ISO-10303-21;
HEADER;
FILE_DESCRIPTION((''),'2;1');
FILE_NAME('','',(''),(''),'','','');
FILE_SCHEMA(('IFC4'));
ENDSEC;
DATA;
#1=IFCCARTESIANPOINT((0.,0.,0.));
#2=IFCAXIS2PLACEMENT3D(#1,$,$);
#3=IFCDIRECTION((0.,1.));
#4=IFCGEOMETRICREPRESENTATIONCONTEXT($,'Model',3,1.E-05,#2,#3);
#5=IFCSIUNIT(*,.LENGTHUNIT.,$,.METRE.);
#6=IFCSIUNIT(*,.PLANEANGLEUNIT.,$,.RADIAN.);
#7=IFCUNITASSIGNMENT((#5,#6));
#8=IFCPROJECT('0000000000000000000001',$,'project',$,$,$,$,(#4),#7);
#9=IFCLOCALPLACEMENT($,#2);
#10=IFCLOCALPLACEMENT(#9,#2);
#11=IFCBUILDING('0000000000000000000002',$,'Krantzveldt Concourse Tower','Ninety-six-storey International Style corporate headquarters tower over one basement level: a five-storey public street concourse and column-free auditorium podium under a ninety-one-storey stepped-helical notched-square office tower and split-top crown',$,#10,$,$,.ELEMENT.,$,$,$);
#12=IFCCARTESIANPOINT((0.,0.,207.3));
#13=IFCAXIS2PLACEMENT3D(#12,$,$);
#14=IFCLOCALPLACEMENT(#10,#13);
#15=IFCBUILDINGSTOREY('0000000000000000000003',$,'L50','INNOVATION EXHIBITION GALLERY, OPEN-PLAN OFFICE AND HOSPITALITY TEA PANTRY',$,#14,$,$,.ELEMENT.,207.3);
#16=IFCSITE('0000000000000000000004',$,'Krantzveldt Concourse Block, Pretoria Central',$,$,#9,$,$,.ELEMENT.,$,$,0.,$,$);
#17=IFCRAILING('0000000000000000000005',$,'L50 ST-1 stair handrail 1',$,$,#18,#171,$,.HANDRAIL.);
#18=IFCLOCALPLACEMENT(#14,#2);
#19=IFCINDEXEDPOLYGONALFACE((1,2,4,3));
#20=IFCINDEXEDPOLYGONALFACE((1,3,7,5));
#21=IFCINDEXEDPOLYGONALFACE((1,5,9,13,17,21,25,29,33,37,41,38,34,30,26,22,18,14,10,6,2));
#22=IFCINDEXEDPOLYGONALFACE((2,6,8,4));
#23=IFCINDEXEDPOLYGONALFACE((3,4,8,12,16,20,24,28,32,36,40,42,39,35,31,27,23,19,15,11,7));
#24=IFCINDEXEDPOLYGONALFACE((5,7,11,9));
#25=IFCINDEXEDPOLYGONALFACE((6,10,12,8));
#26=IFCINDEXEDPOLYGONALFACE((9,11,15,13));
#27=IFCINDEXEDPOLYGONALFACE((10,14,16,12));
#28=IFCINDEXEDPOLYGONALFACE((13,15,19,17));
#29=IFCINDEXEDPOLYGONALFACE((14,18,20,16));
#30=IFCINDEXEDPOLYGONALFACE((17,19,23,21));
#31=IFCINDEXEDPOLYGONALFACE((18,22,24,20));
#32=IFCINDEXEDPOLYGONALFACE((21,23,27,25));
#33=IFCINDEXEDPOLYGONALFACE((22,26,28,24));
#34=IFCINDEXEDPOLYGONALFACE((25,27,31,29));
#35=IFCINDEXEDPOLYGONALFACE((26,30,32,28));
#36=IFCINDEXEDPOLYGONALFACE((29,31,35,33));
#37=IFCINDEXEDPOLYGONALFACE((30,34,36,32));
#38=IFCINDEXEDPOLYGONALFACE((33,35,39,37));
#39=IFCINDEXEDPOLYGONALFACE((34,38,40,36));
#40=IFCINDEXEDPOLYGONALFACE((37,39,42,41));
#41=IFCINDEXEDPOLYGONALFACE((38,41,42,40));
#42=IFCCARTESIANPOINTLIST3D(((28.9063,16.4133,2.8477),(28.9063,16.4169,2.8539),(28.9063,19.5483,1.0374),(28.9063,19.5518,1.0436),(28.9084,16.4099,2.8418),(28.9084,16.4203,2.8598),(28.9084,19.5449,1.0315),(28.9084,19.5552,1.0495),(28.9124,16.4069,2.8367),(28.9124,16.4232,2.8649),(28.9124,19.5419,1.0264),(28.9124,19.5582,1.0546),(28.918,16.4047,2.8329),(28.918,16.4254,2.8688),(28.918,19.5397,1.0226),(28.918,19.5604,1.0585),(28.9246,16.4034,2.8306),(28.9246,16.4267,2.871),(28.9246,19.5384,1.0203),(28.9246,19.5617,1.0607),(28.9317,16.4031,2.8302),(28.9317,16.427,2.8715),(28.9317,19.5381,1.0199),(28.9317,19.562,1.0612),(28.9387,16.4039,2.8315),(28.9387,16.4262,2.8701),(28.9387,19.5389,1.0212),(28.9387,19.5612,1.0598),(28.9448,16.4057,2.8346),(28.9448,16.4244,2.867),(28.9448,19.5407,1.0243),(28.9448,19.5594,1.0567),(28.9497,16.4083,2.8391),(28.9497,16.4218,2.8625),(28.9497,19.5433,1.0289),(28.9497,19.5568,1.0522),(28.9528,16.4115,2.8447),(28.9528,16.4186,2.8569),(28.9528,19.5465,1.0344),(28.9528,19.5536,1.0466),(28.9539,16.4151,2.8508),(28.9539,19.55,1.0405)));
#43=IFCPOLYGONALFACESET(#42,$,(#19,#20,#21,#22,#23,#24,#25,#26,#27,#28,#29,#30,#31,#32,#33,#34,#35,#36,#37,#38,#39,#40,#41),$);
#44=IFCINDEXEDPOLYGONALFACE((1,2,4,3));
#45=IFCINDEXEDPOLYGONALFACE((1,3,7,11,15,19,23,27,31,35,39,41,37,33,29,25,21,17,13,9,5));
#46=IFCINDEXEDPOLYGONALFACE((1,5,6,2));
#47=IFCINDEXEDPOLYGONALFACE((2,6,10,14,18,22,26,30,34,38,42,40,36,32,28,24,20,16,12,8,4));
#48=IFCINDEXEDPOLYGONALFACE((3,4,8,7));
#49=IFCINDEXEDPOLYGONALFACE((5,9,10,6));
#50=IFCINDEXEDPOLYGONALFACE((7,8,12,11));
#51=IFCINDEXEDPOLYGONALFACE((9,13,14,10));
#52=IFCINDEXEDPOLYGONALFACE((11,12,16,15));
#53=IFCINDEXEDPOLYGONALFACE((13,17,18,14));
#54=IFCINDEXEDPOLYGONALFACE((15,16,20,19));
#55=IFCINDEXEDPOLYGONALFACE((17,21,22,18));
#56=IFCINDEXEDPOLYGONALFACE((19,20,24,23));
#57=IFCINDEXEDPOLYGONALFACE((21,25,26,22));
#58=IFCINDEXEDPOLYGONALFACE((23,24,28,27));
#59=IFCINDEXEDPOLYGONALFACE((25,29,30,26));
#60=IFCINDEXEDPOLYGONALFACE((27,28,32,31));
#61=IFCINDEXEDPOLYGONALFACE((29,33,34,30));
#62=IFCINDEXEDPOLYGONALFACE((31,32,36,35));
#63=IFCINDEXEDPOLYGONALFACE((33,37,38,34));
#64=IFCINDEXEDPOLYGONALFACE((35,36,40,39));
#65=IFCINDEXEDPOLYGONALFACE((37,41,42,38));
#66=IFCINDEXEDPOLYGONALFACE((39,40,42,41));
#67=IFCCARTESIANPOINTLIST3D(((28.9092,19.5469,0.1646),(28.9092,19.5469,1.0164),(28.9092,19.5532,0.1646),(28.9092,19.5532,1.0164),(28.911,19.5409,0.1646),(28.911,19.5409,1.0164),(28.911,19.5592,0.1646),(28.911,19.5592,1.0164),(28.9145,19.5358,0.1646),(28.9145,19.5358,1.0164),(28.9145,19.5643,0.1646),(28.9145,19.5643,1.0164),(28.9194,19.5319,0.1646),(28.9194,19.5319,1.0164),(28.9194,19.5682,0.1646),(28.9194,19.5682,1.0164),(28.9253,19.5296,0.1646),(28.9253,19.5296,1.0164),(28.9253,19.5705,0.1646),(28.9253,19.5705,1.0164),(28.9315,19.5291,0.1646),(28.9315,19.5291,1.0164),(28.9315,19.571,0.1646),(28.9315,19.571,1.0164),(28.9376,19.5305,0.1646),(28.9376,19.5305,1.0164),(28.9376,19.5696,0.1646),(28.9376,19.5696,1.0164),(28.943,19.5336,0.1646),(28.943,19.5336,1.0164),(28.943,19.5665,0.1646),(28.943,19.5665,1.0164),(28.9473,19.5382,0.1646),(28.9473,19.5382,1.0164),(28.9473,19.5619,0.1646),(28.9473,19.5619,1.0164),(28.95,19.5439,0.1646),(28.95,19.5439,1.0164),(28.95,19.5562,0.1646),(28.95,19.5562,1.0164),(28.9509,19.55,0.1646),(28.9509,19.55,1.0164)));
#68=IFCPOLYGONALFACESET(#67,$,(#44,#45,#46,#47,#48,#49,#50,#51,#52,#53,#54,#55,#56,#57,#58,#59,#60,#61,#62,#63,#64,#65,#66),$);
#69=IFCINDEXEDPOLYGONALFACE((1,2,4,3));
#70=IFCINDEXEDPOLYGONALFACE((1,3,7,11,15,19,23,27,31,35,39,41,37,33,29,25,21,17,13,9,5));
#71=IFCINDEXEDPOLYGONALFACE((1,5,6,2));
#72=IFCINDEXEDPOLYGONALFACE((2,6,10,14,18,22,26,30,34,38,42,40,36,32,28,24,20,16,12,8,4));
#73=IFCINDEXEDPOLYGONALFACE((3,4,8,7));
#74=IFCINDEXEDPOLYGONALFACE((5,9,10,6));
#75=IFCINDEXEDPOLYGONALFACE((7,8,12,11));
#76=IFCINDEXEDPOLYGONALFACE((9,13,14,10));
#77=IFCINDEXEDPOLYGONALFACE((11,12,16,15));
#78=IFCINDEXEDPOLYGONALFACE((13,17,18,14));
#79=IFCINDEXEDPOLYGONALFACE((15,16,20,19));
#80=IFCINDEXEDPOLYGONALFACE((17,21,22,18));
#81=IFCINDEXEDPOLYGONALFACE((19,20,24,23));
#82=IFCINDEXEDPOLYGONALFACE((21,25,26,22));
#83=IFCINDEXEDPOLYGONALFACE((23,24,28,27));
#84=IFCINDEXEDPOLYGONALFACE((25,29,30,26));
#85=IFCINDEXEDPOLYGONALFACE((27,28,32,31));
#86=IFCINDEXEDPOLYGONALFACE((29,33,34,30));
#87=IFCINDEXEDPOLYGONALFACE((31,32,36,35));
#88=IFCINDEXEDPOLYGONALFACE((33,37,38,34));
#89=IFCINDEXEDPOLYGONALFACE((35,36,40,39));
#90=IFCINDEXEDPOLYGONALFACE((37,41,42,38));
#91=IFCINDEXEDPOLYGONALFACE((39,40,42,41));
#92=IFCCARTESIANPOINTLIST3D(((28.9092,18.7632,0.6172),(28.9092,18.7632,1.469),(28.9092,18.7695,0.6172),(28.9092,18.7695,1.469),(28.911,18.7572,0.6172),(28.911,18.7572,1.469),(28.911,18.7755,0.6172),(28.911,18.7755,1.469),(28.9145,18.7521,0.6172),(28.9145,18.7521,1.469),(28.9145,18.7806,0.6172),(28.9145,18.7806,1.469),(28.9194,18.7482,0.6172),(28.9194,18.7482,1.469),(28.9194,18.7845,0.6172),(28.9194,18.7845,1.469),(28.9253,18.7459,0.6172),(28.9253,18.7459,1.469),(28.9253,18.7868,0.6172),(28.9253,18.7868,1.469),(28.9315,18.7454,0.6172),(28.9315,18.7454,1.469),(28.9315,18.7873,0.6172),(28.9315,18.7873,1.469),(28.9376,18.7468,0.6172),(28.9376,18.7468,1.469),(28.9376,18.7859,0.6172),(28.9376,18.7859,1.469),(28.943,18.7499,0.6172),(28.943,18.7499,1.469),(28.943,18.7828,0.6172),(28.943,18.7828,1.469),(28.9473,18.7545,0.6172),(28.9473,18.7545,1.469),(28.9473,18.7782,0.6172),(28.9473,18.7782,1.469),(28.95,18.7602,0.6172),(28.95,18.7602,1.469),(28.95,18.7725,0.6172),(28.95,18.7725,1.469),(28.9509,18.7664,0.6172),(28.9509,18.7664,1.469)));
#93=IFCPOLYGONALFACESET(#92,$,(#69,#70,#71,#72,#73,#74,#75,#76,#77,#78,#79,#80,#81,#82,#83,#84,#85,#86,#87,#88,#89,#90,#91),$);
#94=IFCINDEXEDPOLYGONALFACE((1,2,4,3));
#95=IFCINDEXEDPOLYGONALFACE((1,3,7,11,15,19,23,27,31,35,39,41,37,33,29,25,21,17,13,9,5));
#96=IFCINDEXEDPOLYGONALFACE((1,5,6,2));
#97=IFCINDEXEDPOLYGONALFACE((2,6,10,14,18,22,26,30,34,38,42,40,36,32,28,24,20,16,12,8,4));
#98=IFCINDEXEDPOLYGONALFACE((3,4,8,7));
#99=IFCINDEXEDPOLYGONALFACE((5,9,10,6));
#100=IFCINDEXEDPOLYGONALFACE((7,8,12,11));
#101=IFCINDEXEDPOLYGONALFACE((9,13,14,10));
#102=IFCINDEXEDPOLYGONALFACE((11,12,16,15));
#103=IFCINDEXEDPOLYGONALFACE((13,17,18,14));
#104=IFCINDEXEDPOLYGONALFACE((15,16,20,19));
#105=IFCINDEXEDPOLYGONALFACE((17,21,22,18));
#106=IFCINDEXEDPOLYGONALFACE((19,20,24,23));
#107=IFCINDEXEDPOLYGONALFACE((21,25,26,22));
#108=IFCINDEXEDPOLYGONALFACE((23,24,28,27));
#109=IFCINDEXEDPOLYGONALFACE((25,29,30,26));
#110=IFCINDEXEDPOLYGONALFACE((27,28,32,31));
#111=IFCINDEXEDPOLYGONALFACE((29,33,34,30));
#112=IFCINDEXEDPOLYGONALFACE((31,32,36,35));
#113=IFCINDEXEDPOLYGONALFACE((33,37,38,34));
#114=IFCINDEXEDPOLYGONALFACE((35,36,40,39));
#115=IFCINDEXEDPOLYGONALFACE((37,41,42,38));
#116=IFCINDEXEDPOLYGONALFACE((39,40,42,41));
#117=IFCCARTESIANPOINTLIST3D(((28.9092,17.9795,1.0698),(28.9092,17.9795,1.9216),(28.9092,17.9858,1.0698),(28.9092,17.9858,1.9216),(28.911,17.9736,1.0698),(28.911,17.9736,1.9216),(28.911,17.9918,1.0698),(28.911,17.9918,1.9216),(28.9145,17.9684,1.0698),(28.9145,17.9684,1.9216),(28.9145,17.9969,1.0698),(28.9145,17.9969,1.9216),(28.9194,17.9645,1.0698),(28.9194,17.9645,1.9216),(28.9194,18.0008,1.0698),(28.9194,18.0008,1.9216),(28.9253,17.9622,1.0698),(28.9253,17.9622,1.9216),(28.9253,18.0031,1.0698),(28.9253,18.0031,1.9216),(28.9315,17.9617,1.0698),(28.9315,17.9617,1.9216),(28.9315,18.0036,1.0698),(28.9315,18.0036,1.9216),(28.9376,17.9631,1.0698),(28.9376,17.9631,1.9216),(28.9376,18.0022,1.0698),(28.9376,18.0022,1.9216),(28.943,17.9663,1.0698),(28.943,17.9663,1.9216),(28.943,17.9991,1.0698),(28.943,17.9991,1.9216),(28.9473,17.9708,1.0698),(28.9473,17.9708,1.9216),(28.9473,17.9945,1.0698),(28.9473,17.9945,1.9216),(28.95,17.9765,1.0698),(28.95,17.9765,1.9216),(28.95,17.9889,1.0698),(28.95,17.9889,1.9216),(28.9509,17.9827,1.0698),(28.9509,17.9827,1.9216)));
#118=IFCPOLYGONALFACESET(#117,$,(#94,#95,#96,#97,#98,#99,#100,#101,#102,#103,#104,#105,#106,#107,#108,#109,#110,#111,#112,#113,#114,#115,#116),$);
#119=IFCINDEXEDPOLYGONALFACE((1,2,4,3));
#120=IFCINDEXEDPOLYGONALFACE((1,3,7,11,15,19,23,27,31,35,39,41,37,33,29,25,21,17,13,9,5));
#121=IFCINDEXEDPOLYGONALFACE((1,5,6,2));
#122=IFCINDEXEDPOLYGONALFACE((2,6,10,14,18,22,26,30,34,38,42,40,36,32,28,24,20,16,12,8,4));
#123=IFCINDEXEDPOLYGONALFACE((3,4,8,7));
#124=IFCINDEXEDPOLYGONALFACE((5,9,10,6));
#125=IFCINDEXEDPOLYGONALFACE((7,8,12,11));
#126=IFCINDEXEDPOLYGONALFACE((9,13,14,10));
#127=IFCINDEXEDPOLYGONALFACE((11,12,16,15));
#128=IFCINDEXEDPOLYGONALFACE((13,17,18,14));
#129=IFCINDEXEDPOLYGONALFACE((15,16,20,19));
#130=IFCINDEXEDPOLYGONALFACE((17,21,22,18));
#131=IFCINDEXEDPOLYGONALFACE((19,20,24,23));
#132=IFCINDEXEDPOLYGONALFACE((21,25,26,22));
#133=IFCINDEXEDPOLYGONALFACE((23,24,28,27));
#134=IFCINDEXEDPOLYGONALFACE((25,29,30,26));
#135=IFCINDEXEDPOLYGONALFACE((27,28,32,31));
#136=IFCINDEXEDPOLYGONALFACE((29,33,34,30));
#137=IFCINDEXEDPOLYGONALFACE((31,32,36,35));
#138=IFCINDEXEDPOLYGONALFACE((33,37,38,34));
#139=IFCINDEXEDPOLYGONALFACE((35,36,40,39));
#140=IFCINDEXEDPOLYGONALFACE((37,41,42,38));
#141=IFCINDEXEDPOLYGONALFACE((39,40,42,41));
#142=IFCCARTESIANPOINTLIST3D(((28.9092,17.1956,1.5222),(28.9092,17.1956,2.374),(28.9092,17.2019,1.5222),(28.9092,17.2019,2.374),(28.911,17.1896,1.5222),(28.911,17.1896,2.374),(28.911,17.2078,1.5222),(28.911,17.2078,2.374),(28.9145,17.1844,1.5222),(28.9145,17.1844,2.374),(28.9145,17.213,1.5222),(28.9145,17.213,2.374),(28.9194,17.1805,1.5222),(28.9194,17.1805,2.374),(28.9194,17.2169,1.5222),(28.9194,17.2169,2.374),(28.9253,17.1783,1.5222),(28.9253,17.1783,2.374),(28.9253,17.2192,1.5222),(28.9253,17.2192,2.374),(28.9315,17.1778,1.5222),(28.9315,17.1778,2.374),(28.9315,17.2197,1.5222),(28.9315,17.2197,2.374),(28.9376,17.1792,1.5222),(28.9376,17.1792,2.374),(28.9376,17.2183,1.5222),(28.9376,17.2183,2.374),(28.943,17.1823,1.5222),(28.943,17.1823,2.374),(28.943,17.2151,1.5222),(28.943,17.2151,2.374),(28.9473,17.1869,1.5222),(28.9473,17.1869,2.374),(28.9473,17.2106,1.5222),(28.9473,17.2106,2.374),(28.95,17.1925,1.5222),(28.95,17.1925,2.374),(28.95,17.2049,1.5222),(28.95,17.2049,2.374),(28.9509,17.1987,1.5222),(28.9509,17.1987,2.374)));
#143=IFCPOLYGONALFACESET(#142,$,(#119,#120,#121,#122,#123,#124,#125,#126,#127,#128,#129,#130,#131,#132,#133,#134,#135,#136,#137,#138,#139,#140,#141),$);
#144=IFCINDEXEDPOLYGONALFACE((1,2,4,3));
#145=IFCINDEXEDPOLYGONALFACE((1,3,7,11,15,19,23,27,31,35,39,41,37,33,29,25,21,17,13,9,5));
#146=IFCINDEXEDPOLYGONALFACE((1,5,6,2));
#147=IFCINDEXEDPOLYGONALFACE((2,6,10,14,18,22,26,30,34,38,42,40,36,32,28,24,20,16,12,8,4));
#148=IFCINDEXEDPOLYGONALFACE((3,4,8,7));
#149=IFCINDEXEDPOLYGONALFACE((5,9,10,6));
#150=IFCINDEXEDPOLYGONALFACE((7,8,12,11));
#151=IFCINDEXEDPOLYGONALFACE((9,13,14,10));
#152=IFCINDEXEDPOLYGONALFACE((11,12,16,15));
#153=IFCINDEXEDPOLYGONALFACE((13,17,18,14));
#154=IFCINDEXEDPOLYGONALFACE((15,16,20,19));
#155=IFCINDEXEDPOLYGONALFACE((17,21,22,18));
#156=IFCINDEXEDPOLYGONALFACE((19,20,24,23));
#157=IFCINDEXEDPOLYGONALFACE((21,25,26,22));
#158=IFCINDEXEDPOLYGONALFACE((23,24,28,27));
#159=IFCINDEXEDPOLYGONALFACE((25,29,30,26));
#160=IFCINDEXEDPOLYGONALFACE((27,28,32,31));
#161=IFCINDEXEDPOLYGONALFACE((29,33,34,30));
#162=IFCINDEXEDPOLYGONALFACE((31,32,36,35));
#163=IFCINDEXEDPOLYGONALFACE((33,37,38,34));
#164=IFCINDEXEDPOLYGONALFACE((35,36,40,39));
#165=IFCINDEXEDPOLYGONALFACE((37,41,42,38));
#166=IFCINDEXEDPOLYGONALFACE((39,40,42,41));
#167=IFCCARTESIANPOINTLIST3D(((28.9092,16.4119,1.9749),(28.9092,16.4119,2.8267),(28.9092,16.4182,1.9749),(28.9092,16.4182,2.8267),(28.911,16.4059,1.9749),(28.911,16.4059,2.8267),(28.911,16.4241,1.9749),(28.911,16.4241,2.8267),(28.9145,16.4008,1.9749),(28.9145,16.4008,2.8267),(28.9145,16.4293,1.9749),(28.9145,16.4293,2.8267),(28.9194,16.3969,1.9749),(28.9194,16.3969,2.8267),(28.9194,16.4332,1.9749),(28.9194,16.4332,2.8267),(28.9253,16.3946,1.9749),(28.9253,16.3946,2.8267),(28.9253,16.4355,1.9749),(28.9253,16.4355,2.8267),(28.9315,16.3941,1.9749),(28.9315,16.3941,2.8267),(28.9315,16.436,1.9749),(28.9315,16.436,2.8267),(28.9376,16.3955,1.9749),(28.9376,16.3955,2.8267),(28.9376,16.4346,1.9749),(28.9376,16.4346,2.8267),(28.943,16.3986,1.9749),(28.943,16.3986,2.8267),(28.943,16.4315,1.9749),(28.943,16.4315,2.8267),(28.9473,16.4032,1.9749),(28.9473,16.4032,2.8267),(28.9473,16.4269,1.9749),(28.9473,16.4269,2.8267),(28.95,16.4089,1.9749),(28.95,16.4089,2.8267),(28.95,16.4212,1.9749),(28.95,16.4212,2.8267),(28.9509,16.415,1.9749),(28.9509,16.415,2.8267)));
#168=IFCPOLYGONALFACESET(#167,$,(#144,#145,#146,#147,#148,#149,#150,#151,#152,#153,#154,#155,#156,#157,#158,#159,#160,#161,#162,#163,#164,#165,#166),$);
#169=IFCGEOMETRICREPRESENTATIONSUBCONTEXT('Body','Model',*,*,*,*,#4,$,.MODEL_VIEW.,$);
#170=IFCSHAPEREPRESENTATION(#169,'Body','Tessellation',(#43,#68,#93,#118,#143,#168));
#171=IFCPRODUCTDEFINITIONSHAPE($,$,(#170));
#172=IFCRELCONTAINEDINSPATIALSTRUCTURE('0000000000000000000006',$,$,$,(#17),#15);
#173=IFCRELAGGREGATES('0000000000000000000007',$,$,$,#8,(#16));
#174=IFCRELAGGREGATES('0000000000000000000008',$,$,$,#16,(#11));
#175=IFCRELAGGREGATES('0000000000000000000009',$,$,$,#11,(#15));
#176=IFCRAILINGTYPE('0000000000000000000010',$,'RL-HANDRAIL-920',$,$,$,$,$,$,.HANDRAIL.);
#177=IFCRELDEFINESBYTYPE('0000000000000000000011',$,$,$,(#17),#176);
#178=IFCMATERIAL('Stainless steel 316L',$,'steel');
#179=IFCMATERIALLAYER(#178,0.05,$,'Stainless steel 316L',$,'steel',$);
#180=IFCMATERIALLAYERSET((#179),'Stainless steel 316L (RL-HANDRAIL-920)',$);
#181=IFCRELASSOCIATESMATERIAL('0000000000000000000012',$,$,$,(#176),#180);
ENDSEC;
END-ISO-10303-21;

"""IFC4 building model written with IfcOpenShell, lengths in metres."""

from ifc_helpers import new_model, si_unit, direction, frame, origin, origin_2d, place, context, subcontext, project, spatial, circle, extrude, material, layer, layer_set, type_object, element, save


model = new_model("IFC4")

# Units and contexts
model_context = context("Model", 3, precision=1e-05, world=origin(), true_north=direction((0.0, 1.0)))
body_context = subcontext(model_context, "Body", "Model", "MODEL_VIEW")
ifc_project = project(units=[si_unit("LENGTHUNIT", "METRE"), si_unit("PLANEANGLEUNIT", "RADIAN")], contexts=[model_context])

# Site, building, storey
site_placement = place(None, origin())
site = spatial("IfcSite", under=ifc_project, at=site_placement, Name="Krantzveldt Concourse Block, Pretoria Central", CompositionType="ELEMENT", RefElevation=0.0)
building_placement = place(site_placement, origin())
building = spatial("IfcBuilding", under=site, at=building_placement, Name="Krantzveldt Concourse Tower", Description="Ninety-six-storey International Style corporate headquarters tower over one basement level: a five-storey public street concourse and column-free auditorium podium under a ninety-one-storey stepped-helical notched-square office tower and split-top crown", CompositionType="ELEMENT")
storey_placement = place(building_placement, frame((0.0, 0.0, 207.3)))
storey = spatial("IfcBuildingStorey", under=building, at=storey_placement, Name="L50", Description="INNOVATION EXHIBITION GALLERY, OPEN-PLAN OFFICE AND HOSPITALITY TEA PANTRY", CompositionType="ELEMENT", Elevation=207.3)

# Shared definitions
ifc_material_1 = material(Name="Stainless steel 316L", Category="steel")

# Railing
ifc_layer_1 = layer(ifc_material_1, 0.05, Name="Stainless steel 316L", Category="steel")
ifc_layer_set_1 = layer_set([ifc_layer_1], Name="Stainless steel 316L (RL-HANDRAIL-920)")
railing_type_1 = type_object("IfcRailingType", Name="RL-HANDRAIL-920", PredefinedType="HANDRAIL", material=ifc_layer_set_1)
railing_1_placement = place(storey_placement, frame((28.9299, 19.55, 0.1646)))
element("IfcRailing", 1, at=railing_1_placement, inside=storey, type_object=railing_type_1, Name="L50 ST-1 stair handrail 1", PredefinedType="HANDRAIL", context=body_context, shape_type="SweptSolid", body=[
    extrude(circle(Radius=0.0239, at=origin_2d()), frame((0.0, 0.0, 0.876), z_axis=(0.0, -0.865989, 0.500063), x_axis=(1.0, 0.0, 0.0)), (0.0, 0.0, 1.0), 3.6201),
    extrude(circle(Radius=0.021, at=origin_2d()), origin(), (0.0, 0.0, 1.0), 0.8518),
    extrude(circle(Radius=0.021, at=origin_2d()), frame((0.0, -0.7837, 0.4526)), (0.0, 0.0, 1.0), 0.8518),
    extrude(circle(Radius=0.021, at=origin_2d()), frame((0.0, -1.5674, 0.9053)), (0.0, 0.0, 1.0), 0.8518),
    extrude(circle(Radius=0.021, at=origin_2d()), frame((0.0, -2.3513, 1.3577)), (0.0, 0.0, 1.0), 0.8518),
    extrude(circle(Radius=0.021, at=origin_2d()), frame((0.0, -3.135, 1.8103)), (0.0, 0.0, 1.0), 0.8518),
])

save(model, "model.ifc")
